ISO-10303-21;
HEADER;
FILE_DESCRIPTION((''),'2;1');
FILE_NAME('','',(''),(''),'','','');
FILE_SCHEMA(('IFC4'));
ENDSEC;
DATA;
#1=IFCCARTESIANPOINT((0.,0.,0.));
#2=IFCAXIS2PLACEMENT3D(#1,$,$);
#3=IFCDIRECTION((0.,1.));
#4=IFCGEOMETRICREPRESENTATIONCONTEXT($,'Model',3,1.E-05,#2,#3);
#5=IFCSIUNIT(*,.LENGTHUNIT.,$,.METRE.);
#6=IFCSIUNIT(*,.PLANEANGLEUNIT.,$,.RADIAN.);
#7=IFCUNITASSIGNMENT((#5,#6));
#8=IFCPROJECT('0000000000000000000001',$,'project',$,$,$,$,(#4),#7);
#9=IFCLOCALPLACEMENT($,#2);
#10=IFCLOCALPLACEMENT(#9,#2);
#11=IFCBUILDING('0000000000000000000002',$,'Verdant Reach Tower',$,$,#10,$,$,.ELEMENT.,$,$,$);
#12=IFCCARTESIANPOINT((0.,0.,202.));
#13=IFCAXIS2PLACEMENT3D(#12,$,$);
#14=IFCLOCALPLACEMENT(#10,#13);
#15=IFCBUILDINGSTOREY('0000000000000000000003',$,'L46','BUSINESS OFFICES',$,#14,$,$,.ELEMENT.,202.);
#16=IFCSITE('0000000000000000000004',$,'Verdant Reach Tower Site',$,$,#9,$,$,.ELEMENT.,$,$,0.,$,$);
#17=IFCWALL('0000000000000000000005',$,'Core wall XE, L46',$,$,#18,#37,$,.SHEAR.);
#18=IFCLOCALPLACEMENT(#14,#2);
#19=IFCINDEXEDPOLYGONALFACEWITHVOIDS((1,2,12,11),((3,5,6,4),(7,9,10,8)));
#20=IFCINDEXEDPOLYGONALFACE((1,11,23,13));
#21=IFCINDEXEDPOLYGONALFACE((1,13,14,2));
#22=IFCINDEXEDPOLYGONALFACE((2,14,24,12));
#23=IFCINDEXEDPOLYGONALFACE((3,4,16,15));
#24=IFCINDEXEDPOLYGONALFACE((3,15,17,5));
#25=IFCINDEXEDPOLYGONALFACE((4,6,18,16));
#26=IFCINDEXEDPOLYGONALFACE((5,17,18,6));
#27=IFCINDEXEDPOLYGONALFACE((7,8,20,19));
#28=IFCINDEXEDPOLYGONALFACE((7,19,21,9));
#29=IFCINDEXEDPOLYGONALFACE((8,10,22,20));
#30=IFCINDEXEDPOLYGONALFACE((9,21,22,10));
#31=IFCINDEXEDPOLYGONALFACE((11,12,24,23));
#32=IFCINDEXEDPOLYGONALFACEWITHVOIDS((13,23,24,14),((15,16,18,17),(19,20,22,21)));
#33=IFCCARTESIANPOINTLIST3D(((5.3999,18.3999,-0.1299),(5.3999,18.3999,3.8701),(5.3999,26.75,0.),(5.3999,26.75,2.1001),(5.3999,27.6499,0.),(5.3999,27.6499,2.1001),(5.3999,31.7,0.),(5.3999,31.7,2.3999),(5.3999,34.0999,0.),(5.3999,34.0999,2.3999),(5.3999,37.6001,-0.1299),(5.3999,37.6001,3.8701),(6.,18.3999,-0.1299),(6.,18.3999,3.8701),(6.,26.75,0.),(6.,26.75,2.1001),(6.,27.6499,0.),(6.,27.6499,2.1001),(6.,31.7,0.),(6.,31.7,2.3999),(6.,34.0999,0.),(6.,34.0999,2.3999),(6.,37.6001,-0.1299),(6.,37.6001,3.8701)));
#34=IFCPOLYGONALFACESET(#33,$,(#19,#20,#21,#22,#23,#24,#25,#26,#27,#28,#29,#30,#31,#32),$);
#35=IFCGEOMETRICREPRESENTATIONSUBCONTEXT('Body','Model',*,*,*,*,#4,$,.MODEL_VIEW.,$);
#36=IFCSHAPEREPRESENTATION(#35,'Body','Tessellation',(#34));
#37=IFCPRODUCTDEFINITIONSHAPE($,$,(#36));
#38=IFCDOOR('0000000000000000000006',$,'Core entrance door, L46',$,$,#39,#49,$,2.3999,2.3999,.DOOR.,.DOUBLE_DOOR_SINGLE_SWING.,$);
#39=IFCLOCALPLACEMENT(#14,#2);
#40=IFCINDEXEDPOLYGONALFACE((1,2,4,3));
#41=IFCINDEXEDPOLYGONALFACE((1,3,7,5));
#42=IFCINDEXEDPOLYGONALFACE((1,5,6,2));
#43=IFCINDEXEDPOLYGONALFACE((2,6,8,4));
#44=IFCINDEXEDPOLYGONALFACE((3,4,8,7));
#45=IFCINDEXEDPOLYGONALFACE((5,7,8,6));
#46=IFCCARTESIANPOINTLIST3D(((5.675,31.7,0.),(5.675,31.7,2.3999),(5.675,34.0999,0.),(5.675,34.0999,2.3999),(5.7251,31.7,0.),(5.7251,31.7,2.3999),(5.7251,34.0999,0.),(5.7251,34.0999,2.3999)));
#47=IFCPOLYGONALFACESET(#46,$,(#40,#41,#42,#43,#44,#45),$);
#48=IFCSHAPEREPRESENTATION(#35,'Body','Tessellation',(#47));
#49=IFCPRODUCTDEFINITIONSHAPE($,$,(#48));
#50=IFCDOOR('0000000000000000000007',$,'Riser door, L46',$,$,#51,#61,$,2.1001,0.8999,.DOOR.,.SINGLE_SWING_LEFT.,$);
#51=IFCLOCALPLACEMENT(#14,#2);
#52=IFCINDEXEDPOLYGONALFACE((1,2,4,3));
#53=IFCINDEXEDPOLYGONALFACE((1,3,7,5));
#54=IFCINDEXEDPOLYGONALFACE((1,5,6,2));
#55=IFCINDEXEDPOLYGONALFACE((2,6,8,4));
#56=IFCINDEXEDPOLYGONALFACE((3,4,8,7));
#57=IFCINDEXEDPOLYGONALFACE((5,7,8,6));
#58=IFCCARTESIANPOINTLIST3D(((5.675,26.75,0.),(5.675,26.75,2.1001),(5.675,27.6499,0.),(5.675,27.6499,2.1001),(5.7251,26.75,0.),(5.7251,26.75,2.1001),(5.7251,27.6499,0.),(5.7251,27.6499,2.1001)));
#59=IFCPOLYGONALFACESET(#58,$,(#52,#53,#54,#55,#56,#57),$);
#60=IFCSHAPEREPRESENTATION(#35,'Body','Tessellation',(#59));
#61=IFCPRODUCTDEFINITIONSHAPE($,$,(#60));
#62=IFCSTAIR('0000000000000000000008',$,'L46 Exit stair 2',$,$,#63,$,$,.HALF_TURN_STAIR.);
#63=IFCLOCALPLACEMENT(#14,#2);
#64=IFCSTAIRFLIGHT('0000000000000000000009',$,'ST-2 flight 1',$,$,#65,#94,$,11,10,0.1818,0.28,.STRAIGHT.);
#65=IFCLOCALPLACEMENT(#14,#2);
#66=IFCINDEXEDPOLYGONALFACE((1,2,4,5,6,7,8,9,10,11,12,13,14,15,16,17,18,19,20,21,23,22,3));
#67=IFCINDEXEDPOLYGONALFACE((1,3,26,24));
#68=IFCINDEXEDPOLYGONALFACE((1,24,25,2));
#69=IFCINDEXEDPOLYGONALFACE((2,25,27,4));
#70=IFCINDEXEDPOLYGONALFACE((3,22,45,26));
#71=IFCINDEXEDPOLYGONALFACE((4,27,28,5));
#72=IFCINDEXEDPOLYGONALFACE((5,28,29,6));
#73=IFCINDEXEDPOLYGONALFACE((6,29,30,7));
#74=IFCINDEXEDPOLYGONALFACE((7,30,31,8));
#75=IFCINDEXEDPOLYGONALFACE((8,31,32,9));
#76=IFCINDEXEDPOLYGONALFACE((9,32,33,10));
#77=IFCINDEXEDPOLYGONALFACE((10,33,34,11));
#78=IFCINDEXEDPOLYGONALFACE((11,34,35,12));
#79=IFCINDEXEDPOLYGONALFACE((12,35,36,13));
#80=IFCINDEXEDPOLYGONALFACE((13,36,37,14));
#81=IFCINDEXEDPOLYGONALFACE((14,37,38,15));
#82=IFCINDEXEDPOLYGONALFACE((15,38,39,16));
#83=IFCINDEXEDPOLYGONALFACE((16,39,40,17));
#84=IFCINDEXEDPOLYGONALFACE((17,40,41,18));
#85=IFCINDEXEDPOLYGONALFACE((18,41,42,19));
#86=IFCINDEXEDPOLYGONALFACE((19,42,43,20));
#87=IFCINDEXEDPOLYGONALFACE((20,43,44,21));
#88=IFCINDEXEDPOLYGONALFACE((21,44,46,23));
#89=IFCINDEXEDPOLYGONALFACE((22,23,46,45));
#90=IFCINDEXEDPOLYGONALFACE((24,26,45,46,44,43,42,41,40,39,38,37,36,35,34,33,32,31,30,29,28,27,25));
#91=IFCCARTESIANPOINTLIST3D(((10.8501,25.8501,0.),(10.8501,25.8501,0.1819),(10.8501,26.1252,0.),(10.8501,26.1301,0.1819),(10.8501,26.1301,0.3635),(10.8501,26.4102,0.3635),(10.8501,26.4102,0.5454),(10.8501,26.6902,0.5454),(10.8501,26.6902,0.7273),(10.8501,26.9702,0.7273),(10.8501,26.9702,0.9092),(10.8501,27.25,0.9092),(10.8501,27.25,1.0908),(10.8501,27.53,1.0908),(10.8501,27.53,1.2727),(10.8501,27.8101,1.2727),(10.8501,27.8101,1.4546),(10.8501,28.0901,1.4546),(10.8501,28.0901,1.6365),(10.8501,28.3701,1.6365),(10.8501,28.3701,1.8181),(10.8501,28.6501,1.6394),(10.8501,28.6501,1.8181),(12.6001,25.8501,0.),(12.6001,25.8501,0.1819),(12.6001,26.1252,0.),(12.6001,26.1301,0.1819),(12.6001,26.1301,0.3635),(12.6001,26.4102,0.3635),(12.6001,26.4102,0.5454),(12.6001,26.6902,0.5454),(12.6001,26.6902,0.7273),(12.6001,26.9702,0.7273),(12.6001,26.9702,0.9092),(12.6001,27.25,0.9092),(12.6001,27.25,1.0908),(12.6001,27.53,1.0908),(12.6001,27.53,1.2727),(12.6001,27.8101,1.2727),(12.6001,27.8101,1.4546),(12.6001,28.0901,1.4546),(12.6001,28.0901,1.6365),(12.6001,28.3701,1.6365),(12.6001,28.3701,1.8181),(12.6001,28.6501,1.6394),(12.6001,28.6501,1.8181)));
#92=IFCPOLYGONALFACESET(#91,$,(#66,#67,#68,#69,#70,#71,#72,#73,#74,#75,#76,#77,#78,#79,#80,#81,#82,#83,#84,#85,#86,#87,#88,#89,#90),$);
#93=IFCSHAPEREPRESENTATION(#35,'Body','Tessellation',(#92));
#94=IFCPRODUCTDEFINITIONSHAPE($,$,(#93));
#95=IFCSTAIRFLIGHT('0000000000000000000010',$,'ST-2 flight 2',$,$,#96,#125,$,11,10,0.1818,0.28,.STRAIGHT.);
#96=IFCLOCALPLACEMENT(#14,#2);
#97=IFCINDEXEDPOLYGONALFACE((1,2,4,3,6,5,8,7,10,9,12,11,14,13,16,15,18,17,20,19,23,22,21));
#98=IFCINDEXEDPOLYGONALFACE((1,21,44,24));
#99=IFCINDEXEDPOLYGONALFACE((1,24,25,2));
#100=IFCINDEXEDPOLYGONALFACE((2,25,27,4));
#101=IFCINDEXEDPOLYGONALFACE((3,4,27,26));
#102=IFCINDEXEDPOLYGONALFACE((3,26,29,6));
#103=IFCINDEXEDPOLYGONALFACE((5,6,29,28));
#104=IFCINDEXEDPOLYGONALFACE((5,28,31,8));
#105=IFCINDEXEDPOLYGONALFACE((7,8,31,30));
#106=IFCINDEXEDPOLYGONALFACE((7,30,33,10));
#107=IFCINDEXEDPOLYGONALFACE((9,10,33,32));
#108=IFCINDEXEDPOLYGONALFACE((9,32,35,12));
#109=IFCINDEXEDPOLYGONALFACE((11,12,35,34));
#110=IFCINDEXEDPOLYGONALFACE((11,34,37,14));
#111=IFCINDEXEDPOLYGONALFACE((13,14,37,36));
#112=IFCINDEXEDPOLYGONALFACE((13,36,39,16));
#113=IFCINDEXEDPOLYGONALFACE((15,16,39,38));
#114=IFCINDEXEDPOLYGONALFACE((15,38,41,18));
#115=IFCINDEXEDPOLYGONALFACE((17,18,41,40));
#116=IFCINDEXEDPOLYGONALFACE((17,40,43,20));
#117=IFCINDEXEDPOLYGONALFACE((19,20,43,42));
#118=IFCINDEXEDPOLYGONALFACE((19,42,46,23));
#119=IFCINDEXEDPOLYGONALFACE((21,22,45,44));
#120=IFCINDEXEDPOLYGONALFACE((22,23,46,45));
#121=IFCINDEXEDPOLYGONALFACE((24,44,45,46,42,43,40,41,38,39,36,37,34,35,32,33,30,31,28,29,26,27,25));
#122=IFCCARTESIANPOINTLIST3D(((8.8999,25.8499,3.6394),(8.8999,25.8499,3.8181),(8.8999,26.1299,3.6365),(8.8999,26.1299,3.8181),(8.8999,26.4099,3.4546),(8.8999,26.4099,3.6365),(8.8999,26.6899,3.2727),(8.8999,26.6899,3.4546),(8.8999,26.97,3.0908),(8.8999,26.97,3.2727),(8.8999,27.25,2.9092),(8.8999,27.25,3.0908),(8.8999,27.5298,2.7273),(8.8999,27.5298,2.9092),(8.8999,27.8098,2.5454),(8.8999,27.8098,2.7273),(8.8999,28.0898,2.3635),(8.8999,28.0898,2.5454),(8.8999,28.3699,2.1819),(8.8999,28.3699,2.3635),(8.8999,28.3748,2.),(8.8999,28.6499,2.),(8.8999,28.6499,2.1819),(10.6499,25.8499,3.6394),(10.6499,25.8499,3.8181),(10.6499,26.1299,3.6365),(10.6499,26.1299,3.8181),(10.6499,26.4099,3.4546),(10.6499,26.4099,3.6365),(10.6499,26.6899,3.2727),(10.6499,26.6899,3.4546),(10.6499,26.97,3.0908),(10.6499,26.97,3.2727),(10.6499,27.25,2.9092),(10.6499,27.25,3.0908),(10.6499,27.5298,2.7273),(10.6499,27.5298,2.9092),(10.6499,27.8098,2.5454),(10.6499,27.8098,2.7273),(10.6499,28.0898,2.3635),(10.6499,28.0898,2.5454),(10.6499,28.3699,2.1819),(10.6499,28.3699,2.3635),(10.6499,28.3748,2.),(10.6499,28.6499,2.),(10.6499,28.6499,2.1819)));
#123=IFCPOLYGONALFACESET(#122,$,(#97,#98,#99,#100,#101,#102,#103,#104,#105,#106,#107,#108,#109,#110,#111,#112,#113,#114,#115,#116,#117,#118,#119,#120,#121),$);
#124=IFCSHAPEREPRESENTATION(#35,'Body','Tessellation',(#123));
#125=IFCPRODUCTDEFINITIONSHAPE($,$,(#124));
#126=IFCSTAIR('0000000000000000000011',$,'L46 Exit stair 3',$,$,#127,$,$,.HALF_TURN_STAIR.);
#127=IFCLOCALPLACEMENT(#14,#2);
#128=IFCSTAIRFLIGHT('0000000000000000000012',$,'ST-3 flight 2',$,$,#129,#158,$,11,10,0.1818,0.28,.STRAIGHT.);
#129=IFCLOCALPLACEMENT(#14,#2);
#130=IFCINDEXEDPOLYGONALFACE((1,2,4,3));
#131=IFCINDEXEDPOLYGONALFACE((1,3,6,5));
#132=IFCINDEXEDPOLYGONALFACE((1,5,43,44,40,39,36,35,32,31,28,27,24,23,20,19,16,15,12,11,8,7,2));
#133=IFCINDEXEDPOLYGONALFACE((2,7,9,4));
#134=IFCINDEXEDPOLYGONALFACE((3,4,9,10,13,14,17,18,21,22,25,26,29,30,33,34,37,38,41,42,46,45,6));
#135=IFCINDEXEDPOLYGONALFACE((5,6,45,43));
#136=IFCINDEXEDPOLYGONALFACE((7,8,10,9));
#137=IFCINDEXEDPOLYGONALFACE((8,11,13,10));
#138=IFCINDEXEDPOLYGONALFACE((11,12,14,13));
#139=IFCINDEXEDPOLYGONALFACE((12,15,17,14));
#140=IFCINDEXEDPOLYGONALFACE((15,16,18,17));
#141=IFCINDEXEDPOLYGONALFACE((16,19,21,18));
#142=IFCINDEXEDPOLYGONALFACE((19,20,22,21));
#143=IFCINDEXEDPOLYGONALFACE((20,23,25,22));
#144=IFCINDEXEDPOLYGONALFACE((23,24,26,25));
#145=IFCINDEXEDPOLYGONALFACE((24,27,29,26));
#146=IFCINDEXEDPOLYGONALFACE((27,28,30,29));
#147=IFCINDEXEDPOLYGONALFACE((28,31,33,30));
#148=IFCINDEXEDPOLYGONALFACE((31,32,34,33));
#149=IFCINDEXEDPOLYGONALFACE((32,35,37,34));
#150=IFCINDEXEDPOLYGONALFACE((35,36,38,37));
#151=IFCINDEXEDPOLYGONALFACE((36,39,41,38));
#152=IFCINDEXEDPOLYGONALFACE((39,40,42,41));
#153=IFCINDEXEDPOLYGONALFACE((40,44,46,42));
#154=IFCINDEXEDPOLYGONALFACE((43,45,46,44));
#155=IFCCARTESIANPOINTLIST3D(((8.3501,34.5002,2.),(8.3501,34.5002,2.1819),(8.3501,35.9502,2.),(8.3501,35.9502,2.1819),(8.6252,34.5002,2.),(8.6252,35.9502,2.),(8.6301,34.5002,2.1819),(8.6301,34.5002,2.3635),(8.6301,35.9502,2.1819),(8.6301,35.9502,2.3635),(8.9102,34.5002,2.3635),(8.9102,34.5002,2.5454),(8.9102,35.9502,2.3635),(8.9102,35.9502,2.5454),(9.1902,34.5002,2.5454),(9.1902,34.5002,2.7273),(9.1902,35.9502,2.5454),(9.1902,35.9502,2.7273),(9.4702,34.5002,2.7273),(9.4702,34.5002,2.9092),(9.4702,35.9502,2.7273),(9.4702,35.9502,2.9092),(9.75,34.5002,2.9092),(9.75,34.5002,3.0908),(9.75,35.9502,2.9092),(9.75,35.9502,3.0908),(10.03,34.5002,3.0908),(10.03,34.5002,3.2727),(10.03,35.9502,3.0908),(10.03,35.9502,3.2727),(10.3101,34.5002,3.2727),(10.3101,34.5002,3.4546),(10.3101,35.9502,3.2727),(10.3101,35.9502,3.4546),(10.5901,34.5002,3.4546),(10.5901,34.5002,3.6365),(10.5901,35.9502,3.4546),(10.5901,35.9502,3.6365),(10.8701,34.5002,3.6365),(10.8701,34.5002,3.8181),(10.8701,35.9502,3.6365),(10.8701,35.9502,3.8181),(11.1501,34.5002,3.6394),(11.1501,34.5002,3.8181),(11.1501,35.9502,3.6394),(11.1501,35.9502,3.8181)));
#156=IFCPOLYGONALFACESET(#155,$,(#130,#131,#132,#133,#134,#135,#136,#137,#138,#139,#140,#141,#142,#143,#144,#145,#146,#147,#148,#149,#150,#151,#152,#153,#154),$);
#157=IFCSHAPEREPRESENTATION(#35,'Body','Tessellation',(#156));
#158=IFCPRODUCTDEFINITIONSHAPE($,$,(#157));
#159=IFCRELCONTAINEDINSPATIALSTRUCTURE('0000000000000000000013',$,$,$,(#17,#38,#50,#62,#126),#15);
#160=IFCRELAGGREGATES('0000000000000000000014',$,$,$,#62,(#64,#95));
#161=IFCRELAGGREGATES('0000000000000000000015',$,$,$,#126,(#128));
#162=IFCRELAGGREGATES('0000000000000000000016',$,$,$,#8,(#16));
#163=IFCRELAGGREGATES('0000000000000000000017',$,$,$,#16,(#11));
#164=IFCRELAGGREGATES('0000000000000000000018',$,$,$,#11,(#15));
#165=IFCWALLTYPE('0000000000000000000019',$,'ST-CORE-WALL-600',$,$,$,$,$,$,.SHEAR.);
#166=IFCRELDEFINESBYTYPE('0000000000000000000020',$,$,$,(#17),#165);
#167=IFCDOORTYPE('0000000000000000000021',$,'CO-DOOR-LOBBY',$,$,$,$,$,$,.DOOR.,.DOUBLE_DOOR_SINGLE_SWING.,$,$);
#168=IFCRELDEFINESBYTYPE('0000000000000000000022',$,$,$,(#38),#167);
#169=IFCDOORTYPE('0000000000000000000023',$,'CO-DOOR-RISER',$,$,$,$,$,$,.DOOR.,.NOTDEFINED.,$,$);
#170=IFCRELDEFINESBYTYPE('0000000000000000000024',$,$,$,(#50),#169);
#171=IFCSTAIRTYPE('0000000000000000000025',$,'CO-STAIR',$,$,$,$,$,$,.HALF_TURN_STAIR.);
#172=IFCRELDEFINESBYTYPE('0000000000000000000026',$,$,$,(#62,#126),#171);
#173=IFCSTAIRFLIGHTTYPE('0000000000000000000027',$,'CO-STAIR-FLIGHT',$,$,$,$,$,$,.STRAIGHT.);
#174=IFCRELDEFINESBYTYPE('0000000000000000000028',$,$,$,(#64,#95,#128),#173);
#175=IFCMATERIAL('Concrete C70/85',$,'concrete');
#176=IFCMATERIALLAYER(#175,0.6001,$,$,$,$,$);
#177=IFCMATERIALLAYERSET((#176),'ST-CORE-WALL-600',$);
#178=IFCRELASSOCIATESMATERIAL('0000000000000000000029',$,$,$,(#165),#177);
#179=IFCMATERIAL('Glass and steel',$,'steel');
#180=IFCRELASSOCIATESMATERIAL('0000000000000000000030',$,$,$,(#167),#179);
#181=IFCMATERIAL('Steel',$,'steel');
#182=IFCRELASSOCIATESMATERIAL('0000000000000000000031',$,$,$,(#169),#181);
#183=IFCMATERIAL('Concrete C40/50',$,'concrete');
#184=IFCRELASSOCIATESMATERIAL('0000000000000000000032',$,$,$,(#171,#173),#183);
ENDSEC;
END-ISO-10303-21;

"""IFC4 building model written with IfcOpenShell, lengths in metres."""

from ifc_helpers import new_model, si_unit, direction, frame, frame_2d, origin, place, context, subcontext, project, spatial, polyline, rectangle, outline, extrude, material, layer, layer_set, type_object, element, fill, aggregate, save


model = new_model("IFC4")

# Units and contexts
model_context = context("Model", 3, precision=1e-05, world=origin(), true_north=direction((0.0, 1.0)))
body_context = subcontext(model_context, "Body", "Model", "MODEL_VIEW")
ifc_project = project(units=[si_unit("LENGTHUNIT", "METRE"), si_unit("PLANEANGLEUNIT", "RADIAN")], contexts=[model_context])

# Site, building, storey
site_placement = place(None, origin())
site = spatial("IfcSite", under=ifc_project, at=site_placement, Name="Verdant Reach Tower Site", CompositionType="ELEMENT", RefElevation=0.0)
building_placement = place(site_placement, origin())
building = spatial("IfcBuilding", under=site, at=building_placement, Name="Verdant Reach Tower", CompositionType="ELEMENT")
storey_placement = place(building_placement, frame((0.0, 0.0, 202.0)))
storey = spatial("IfcBuildingStorey", under=building, at=storey_placement, Name="L46", Description="BUSINESS OFFICES", CompositionType="ELEMENT", Elevation=202.0)

# Shared definitions
ifc_material_1 = material(Name="Concrete C40/50", Category="concrete")

# Shared definitions
ifc_material_2 = material(Name="Steel", Category="steel")

# Wall, openings, doors
ifc_material_3 = material(Name="Concrete C70/85", Category="concrete")
ifc_layer_1 = layer(ifc_material_3, 0.6001)
ifc_layer_set_1 = layer_set([ifc_layer_1], Name="ST-CORE-WALL-600")
wall_type_1 = type_object("IfcWallType", Name="ST-CORE-WALL-600", PredefinedType="SHEAR", material=ifc_layer_set_1)
wall_1_placement = place(storey_placement, frame((5.7, 18.3999, -0.1299), z_axis=(0.0, 0.0, 1.0), x_axis=(0.0, 1.0, 0.0)))
wall_1 = element("IfcWall", 1, at=wall_1_placement, inside=storey, type_object=wall_type_1, Name="Core wall XE, L46", PredefinedType="SHEAR", context=body_context, shape_type="SweptSolid", body=[
    extrude(rectangle(XDim=19.2002, YDim=0.6001, at=frame_2d((9.6001, 0.0))), origin(), (0.0, 0.0, 1.0), 4.0),
])
opening_1_placement = place(wall_1_placement, frame((8.3501, 0.0, 0.1299)))
opening_1 = element("IfcOpeningElement", 2, at=opening_1_placement, cuts=wall_1, PredefinedType="OPENING", context=body_context, shape_type="SweptSolid", body=[
    extrude(rectangle(XDim=0.8999, YDim=2.1001, at=frame_2d((0.45, 1.05))), frame((0.0, 0.3101, 0.0), z_axis=(0.0, -1.0, 0.0), x_axis=(1.0, 0.0, 0.0)), (0.0, 0.0, 1.0), 0.6201),
])
opening_2_placement = place(wall_1_placement, frame((13.3, 0.0, 0.1299)))
opening_2 = element("IfcOpeningElement", 3, at=opening_2_placement, cuts=wall_1, PredefinedType="OPENING", context=body_context, shape_type="SweptSolid", body=[
    extrude(rectangle(XDim=2.3999, YDim=2.3999, at=frame_2d((1.2, 1.2))), frame((0.0, 0.3101, 0.0), z_axis=(0.0, -1.0, 0.0), x_axis=(1.0, 0.0, 0.0)), (0.0, 0.0, 1.0), 0.6201),
])
ifc_material_4 = material(Name="Glass and steel", Category="steel")
door_type_1 = type_object("IfcDoorType", Name="CO-DOOR-LOBBY", OperationType="DOUBLE_DOOR_SINGLE_SWING", PredefinedType="DOOR", material=ifc_material_4)
door_1_placement = place(opening_2_placement, origin())
door_1 = element("IfcDoor", 4, at=door_1_placement, inside=storey, type_object=door_type_1, Name="Core entrance door, L46", OperationType="DOUBLE_DOOR_SINGLE_SWING", OverallHeight=2.3999, OverallWidth=2.3999, PredefinedType="DOOR", context=body_context, shape_type="SweptSolid", body=[
    extrude(rectangle(XDim=2.3999, YDim=2.3999, at=frame_2d((1.2, 1.2))), frame((0.0, 0.0249, 0.0), z_axis=(0.0, -1.0, 0.0), x_axis=(1.0, 0.0, 0.0)), (0.0, 0.0, 1.0), 0.05),
])
fill(opening_2, door_1)
door_type_2 = type_object("IfcDoorType", Name="CO-DOOR-RISER", OperationType="NOTDEFINED", PredefinedType="DOOR", material=ifc_material_2)
door_2_placement = place(opening_1_placement, origin())
door_2 = element("IfcDoor", 5, at=door_2_placement, inside=storey, type_object=door_type_2, Name="Riser door, L46", OperationType="SINGLE_SWING_LEFT", OverallHeight=2.1001, OverallWidth=0.8999, PredefinedType="DOOR", context=body_context, shape_type="SweptSolid", body=[
    extrude(rectangle(XDim=0.8999, YDim=2.1001, at=frame_2d((0.45, 1.05))), frame((0.0, 0.0249, 0.0), z_axis=(0.0, -1.0, 0.0), x_axis=(1.0, 0.0, 0.0)), (0.0, 0.0, 1.0), 0.05),
])
fill(opening_1, door_2)

# Stair, stair flights
stair_type = type_object("IfcStairType", Name="CO-STAIR", PredefinedType="HALF_TURN_STAIR", material=ifc_material_1)
stair_1_placement = place(storey_placement, origin())
stair_1 = element("IfcStair", 6, at=stair_1_placement, inside=storey, type_object=stair_type, Name="L46 Exit stair 2", PredefinedType="HALF_TURN_STAIR")
stair_flight_type = type_object("IfcStairFlightType", Name="CO-STAIR-FLIGHT", PredefinedType="STRAIGHT", material=ifc_material_1)
stair_flight_1_placement = place(storey_placement, frame((11.7251, 25.8501, 0.0), z_axis=(0.0, 0.0, 1.0), x_axis=(0.0, 1.0, 0.0)))
stair_flight_1 = element("IfcStairFlight", 7, at=stair_flight_1_placement, type_object=stair_flight_type, Name="ST-2 flight 1", NumberOfRisers=11, NumberOfTreads=10, PredefinedType="STRAIGHT", RiserHeight=0.1818, TreadLength=0.28, context=body_context, shape_type="SweptSolid", body=[
    extrude(outline(polyline([(0.0, 0.0), (0.0, 0.1819), (0.28, 0.1819), (0.28, 0.3635), (0.5601, 0.3635), (0.5601, 0.5454), (0.8401, 0.5454), (0.8401, 0.7273), (1.1201, 0.7273), (1.1201, 0.9092), (1.3999, 0.9092), (1.3999, 1.0908), (1.6799, 1.0908), (1.6799, 1.2727), (1.96, 1.2727), (1.96, 1.4546), (2.24, 1.4546), (2.24, 1.6365), (2.52, 1.6365), (2.52, 1.8181), (2.8, 1.8181), (2.8, 2.0), (2.8, 1.6394), (0.2751, 0.0), (0.0, 0.0)])), frame((0.0, 0.875, 0.0), z_axis=(0.0, -1.0, 0.0), x_axis=(1.0, 0.0, 0.0)), (0.0, 0.0, 1.0), 1.75),
])
stair_flight_2_placement = place(storey_placement, frame((9.7749, 28.6499, 2.0), z_axis=(0.0, 0.0, 1.0), x_axis=(0.0, -1.0, 0.0)))
stair_flight_2 = element("IfcStairFlight", 8, at=stair_flight_2_placement, type_object=stair_flight_type, Name="ST-2 flight 2", NumberOfRisers=11, NumberOfTreads=10, PredefinedType="STRAIGHT", RiserHeight=0.1818, TreadLength=0.28, context=body_context, shape_type="SweptSolid", body=[
    extrude(outline(polyline([(0.0, 0.0), (0.0, 0.1819), (0.28, 0.1819), (0.28, 0.3635), (0.5601, 0.3635), (0.5601, 0.5454), (0.8401, 0.5454), (0.8401, 0.7273), (1.1201, 0.7273), (1.1201, 0.9092), (1.3999, 0.9092), (1.3999, 1.0908), (1.6799, 1.0908), (1.6799, 1.2727), (1.96, 1.2727), (1.96, 1.4546), (2.24, 1.4546), (2.24, 1.6365), (2.52, 1.6365), (2.52, 1.8181), (2.8, 1.8181), (2.8, 2.0), (2.8, 1.6394), (0.2751, 0.0), (0.0, 0.0)])), frame((0.0, 0.875, 0.0), z_axis=(0.0, -1.0, 0.0), x_axis=(1.0, 0.0, 0.0)), (0.0, 0.0, 1.0), 1.75),
])
aggregate(stair_1, [stair_flight_1, stair_flight_2])

# Stair, stair flight
stair_2_placement = place(storey_placement, origin())
stair_2 = element("IfcStair", 9, at=stair_2_placement, inside=storey, type_object=stair_type, Name="L46 Exit stair 3", PredefinedType="HALF_TURN_STAIR")
stair_flight_3_placement = place(storey_placement, frame((8.3501, 35.2251, 2.0), z_axis=(0.0, 0.0, 1.0), x_axis=(1.0, 0.0, 0.0)))
stair_flight_3 = element("IfcStairFlight", 10, at=stair_flight_3_placement, type_object=stair_flight_type, Name="ST-3 flight 2", NumberOfRisers=11, NumberOfTreads=10, PredefinedType="STRAIGHT", RiserHeight=0.1818, TreadLength=0.28, context=body_context, shape_type="SweptSolid", body=[
    extrude(outline(polyline([(0.0, 0.0), (0.0, 0.1819), (0.28, 0.1819), (0.28, 0.3635), (0.5601, 0.3635), (0.5601, 0.5454), (0.8401, 0.5454), (0.8401, 0.7273), (1.1201, 0.7273), (1.1201, 0.9092), (1.3999, 0.9092), (1.3999, 1.0908), (1.6799, 1.0908), (1.6799, 1.2727), (1.96, 1.2727), (1.96, 1.4546), (2.24, 1.4546), (2.24, 1.6365), (2.52, 1.6365), (2.52, 1.8181), (2.8, 1.8181), (2.8, 2.0), (2.8, 1.6394), (0.2751, 0.0), (0.0, 0.0)])), frame((0.0, 0.7251, 0.0), z_axis=(0.0, -1.0, 0.0), x_axis=(1.0, 0.0, 0.0)), (0.0, 0.0, 1.0), 1.45),
])
aggregate(stair_2, [stair_flight_3])

save(model, "model.ifc")
